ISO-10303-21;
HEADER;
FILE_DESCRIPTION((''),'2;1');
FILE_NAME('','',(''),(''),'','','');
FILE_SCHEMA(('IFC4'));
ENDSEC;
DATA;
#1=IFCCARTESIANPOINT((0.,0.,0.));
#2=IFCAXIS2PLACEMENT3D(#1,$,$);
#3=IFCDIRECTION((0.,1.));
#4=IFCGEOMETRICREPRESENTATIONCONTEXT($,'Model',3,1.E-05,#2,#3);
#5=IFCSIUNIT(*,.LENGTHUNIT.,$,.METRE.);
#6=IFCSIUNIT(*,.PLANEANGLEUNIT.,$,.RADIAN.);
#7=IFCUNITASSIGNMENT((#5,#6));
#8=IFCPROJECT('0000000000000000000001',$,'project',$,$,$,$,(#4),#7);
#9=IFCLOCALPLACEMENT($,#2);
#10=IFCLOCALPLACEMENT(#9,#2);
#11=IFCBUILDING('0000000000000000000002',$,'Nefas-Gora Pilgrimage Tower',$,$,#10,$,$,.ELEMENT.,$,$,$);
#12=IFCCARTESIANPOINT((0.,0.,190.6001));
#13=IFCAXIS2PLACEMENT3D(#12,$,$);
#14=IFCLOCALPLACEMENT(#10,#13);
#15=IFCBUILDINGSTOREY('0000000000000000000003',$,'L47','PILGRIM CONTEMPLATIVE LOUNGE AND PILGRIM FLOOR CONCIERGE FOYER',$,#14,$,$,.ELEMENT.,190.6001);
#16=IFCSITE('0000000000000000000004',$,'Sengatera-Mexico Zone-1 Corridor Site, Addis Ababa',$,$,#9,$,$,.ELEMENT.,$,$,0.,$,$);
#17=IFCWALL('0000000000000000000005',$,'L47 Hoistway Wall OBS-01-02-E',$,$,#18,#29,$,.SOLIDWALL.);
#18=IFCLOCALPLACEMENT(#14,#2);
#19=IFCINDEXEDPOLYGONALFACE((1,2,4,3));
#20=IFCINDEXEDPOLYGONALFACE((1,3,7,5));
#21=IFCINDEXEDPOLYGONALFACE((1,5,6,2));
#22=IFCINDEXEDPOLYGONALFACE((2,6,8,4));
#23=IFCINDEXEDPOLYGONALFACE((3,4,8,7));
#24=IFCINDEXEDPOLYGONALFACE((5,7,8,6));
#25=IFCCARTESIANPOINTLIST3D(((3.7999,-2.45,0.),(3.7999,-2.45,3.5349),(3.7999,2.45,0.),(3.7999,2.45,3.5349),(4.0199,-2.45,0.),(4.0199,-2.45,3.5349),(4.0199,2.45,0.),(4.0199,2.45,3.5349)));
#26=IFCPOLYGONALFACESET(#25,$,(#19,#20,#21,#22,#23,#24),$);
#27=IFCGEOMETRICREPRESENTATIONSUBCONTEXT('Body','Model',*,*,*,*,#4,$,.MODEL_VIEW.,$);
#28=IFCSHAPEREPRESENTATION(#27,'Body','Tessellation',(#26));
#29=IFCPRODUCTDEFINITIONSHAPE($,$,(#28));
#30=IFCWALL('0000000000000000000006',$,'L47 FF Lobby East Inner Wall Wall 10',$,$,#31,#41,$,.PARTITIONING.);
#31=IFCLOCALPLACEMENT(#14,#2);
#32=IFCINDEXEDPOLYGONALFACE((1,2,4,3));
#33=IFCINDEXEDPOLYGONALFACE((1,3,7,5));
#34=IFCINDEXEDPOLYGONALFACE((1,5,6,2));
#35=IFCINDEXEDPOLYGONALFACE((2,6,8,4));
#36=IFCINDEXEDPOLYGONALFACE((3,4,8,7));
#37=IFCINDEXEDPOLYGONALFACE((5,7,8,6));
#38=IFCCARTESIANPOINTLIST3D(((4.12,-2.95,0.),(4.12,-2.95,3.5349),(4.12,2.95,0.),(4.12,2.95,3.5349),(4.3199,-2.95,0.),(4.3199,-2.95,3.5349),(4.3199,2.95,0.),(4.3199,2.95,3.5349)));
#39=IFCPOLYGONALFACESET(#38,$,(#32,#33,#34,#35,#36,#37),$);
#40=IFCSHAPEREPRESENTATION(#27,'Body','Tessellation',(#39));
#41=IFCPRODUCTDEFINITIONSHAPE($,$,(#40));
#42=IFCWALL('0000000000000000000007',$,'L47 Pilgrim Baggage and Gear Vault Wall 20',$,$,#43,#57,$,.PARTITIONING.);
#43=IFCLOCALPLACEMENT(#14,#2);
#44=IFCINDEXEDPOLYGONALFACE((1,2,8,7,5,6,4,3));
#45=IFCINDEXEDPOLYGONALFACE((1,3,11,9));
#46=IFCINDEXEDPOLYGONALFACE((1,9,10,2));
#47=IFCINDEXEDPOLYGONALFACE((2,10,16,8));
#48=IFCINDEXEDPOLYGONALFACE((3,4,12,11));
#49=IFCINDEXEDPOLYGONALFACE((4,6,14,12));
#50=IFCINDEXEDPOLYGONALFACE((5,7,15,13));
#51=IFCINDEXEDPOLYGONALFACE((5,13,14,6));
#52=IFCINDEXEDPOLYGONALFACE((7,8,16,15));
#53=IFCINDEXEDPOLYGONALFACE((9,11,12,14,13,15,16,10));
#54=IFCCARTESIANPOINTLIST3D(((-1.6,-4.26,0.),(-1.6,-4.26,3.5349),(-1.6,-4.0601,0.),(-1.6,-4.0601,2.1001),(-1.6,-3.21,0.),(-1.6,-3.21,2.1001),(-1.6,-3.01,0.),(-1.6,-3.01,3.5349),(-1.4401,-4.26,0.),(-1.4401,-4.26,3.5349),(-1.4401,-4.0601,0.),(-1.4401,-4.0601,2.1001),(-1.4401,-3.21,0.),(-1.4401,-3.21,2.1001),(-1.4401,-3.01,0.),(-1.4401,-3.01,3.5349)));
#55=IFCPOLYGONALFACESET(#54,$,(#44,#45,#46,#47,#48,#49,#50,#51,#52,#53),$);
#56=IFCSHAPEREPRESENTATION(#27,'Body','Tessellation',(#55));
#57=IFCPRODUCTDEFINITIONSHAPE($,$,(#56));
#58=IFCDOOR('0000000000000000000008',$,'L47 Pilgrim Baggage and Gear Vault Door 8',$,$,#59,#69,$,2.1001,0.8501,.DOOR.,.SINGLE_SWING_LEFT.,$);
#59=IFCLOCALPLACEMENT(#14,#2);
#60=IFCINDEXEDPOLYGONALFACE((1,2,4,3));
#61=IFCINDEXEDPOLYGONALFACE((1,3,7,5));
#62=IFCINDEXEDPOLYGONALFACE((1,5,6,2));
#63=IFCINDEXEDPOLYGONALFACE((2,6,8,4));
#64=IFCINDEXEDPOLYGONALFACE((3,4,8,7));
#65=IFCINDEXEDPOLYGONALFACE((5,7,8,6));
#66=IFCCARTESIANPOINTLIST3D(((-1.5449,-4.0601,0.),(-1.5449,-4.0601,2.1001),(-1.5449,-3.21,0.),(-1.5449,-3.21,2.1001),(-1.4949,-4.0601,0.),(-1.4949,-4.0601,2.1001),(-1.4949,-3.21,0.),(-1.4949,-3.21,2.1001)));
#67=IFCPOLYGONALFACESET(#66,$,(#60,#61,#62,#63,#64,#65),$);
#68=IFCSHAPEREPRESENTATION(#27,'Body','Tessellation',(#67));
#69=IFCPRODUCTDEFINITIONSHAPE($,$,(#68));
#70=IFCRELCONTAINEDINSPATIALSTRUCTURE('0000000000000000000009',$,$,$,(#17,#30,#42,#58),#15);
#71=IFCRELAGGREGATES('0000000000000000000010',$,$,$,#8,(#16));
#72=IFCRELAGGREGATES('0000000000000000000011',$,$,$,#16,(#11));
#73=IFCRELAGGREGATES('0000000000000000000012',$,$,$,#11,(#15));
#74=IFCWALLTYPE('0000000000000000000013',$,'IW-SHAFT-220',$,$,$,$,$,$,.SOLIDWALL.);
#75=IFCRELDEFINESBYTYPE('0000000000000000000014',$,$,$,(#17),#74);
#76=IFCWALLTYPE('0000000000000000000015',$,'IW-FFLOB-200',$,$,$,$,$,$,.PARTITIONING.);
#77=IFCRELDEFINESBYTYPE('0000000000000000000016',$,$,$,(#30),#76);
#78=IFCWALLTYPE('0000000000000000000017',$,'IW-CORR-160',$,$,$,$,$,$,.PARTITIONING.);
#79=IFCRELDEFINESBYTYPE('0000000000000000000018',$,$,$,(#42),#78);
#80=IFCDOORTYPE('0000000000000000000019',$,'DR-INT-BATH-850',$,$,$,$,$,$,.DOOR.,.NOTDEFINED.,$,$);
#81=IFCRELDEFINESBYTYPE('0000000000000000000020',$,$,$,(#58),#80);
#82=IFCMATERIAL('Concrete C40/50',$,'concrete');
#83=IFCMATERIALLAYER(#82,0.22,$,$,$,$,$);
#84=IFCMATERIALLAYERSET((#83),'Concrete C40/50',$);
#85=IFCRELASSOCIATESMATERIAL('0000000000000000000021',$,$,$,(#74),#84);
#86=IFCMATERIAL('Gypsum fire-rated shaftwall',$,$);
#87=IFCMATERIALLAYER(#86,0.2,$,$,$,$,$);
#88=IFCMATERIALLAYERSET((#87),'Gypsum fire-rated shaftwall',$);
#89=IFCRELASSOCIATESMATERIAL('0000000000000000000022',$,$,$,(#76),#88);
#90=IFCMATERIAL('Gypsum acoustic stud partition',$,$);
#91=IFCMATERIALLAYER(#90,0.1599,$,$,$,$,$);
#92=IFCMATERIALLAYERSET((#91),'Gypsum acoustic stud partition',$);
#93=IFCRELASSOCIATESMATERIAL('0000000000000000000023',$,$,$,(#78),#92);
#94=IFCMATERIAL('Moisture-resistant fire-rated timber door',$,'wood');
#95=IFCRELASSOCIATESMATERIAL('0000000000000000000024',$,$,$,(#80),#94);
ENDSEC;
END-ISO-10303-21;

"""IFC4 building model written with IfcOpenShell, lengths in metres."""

from ifc_helpers import new_model, si_unit, direction, frame, frame_2d, origin, place, context, subcontext, project, spatial, rectangle, extrude, source, transform, mapped, material, layer, layer_set, type_object, element, fill, save


model = new_model("IFC4")

# Units and contexts
model_context = context("Model", 3, precision=1e-05, world=origin(), true_north=direction((0.0, 1.0)))
body_context = subcontext(model_context, "Body", "Model", "MODEL_VIEW")
ifc_project = project(units=[si_unit("LENGTHUNIT", "METRE"), si_unit("PLANEANGLEUNIT", "RADIAN")], contexts=[model_context])

# Site, building, storey
site_placement = place(None, origin())
site = spatial("IfcSite", under=ifc_project, at=site_placement, Name="Sengatera-Mexico Zone-1 Corridor Site, Addis Ababa", CompositionType="ELEMENT", RefElevation=0.0)
building_placement = place(site_placement, origin())
building = spatial("IfcBuilding", under=site, at=building_placement, Name="Nefas-Gora Pilgrimage Tower", CompositionType="ELEMENT")
storey_placement = place(building_placement, frame((0.0, 0.0, 190.6001)))
storey = spatial("IfcBuildingStorey", under=building, at=storey_placement, Name="L47", Description="PILGRIM CONTEMPLATIVE LOUNGE AND PILGRIM FLOOR CONCIERGE FOYER", CompositionType="ELEMENT", Elevation=190.6001)

# Shared definitions
ifc_material_1 = material(Name="Concrete C40/50", Category="concrete")

# Shared definitions
ifc_layer_1 = layer(ifc_material_1, 0.22)
ifc_layer_set_1 = layer_set([ifc_layer_1], Name="Concrete C40/50")
wall_type_1 = type_object("IfcWallType", Name="IW-SHAFT-220", PredefinedType="SOLIDWALL", material=ifc_layer_set_1)

# Walls
shared_shape_1 = source(origin(), body_context, "Body", "SweptSolid", [
    extrude(rectangle(XDim=4.8999, YDim=0.22, at=frame_2d((2.45, 0.0))), origin(), (0.0, 0.0, 1.0), 3.5349),
])
wall_1_placement = place(storey_placement, frame((3.9099, -2.45, 0.0), z_axis=(0.0, 0.0, 1.0), x_axis=(0.0, 1.0, 0.0)))
element("IfcWall", 1, at=wall_1_placement, inside=storey, type_object=wall_type_1, Name="L47 Hoistway Wall OBS-01-02-E", PredefinedType="SOLIDWALL", context=body_context, shape_type="MappedRepresentation", body=[
    mapped(shared_shape_1, transform((0.0, 0.0, 0.0), x_axis=(1.0, 0.0, 0.0), y_axis=(0.0, 1.0, 0.0), z_axis=(0.0, 0.0, 1.0), scale=1.0)),
])
ifc_material_2 = material(Name="Gypsum fire-rated shaftwall")
ifc_layer_2 = layer(ifc_material_2, 0.2)
ifc_layer_set_2 = layer_set([ifc_layer_2], Name="Gypsum fire-rated shaftwall")
wall_type_2 = type_object("IfcWallType", Name="IW-FFLOB-200", PredefinedType="PARTITIONING", material=ifc_layer_set_2)
shared_shape_2 = source(origin(), body_context, "Body", "SweptSolid", [
    extrude(rectangle(XDim=5.8999, YDim=0.2, at=frame_2d((2.95, 0.0))), origin(), (0.0, 0.0, 1.0), 3.5349),
])
wall_2_placement = place(storey_placement, frame((4.22, -2.95, 0.0), z_axis=(0.0, 0.0, 1.0), x_axis=(0.0, 1.0, 0.0)))
element("IfcWall", 2, at=wall_2_placement, inside=storey, type_object=wall_type_2, Name="L47 FF Lobby East Inner Wall Wall 10", PredefinedType="PARTITIONING", context=body_context, shape_type="MappedRepresentation", body=[
    mapped(shared_shape_2, transform((0.0, 0.0, 0.0), x_axis=(1.0, 0.0, 0.0), y_axis=(0.0, 1.0, 0.0), z_axis=(0.0, 0.0, 1.0), scale=1.0)),
])

# Wall, opening, door
ifc_material_3 = material(Name="Gypsum acoustic stud partition")
ifc_layer_3 = layer(ifc_material_3, 0.1599)
ifc_layer_set_3 = layer_set([ifc_layer_3], Name="Gypsum acoustic stud partition")
wall_type_3 = type_object("IfcWallType", Name="IW-CORR-160", PredefinedType="PARTITIONING", material=ifc_layer_set_3)
shared_shape_3 = source(origin(), body_context, "Body", "SweptSolid", [
    extrude(rectangle(XDim=1.25, YDim=0.1599, at=frame_2d((0.625, 0.0))), origin(), (0.0, 0.0, 1.0), 3.5349),
])
wall_3_placement = place(storey_placement, frame((-1.52, -4.26, 0.0), z_axis=(0.0, 0.0, 1.0), x_axis=(0.0, 1.0, 0.0)))
wall_3 = element("IfcWall", 3, at=wall_3_placement, inside=storey, type_object=wall_type_3, Name="L47 Pilgrim Baggage and Gear Vault Wall 20", PredefinedType="PARTITIONING", context=body_context, shape_type="MappedRepresentation", body=[
    mapped(shared_shape_3, transform((0.0, 0.0, 0.0), x_axis=(1.0, 0.0, 0.0), y_axis=(0.0, 1.0, 0.0), z_axis=(0.0, 0.0, 1.0), scale=1.0)),
])
opening_1_placement = place(wall_3_placement, frame((0.2, 0.0, 0.0)))
opening_1 = element("IfcOpeningElement", 4, at=opening_1_placement, cuts=wall_3, PredefinedType="OPENING", context=body_context, shape_type="SweptSolid", body=[
    extrude(rectangle(XDim=0.8501, YDim=2.1001, at=frame_2d((0.425, 1.05))), frame((0.0, 0.0898, 0.0), z_axis=(0.0, -1.0, 0.0), x_axis=(1.0, 0.0, 0.0)), (0.0, 0.0, 1.0), 0.1799),
])
ifc_material_4 = material(Name="Moisture-resistant fire-rated timber door", Category="wood")
door_type_1 = type_object("IfcDoorType", Name="DR-INT-BATH-850", OperationType="NOTDEFINED", PredefinedType="DOOR", material=ifc_material_4)
shared_shape_4 = source(origin(), body_context, "Body", "SweptSolid", [
    extrude(rectangle(XDim=0.8501, YDim=2.1001, at=frame_2d((0.425, 1.05))), frame((0.0, 0.0249, 0.0), z_axis=(0.0, -1.0, 0.0), x_axis=(1.0, 0.0, 0.0)), (0.0, 0.0, 1.0), 0.05),
])
door_1_placement = place(opening_1_placement, origin())
door_1 = element("IfcDoor", 5, at=door_1_placement, inside=storey, type_object=door_type_1, Name="L47 Pilgrim Baggage and Gear Vault Door 8", OperationType="SINGLE_SWING_LEFT", OverallHeight=2.1001, OverallWidth=0.8501, PredefinedType="DOOR", context=body_context, shape_type="MappedRepresentation", body=[
    mapped(shared_shape_4, transform((0.0, 0.0, 0.0), x_axis=(1.0, 0.0, 0.0), y_axis=(0.0, 1.0, 0.0), z_axis=(0.0, 0.0, 1.0), scale=1.0)),
])
fill(opening_1, door_1)

save(model, "model.ifc")
